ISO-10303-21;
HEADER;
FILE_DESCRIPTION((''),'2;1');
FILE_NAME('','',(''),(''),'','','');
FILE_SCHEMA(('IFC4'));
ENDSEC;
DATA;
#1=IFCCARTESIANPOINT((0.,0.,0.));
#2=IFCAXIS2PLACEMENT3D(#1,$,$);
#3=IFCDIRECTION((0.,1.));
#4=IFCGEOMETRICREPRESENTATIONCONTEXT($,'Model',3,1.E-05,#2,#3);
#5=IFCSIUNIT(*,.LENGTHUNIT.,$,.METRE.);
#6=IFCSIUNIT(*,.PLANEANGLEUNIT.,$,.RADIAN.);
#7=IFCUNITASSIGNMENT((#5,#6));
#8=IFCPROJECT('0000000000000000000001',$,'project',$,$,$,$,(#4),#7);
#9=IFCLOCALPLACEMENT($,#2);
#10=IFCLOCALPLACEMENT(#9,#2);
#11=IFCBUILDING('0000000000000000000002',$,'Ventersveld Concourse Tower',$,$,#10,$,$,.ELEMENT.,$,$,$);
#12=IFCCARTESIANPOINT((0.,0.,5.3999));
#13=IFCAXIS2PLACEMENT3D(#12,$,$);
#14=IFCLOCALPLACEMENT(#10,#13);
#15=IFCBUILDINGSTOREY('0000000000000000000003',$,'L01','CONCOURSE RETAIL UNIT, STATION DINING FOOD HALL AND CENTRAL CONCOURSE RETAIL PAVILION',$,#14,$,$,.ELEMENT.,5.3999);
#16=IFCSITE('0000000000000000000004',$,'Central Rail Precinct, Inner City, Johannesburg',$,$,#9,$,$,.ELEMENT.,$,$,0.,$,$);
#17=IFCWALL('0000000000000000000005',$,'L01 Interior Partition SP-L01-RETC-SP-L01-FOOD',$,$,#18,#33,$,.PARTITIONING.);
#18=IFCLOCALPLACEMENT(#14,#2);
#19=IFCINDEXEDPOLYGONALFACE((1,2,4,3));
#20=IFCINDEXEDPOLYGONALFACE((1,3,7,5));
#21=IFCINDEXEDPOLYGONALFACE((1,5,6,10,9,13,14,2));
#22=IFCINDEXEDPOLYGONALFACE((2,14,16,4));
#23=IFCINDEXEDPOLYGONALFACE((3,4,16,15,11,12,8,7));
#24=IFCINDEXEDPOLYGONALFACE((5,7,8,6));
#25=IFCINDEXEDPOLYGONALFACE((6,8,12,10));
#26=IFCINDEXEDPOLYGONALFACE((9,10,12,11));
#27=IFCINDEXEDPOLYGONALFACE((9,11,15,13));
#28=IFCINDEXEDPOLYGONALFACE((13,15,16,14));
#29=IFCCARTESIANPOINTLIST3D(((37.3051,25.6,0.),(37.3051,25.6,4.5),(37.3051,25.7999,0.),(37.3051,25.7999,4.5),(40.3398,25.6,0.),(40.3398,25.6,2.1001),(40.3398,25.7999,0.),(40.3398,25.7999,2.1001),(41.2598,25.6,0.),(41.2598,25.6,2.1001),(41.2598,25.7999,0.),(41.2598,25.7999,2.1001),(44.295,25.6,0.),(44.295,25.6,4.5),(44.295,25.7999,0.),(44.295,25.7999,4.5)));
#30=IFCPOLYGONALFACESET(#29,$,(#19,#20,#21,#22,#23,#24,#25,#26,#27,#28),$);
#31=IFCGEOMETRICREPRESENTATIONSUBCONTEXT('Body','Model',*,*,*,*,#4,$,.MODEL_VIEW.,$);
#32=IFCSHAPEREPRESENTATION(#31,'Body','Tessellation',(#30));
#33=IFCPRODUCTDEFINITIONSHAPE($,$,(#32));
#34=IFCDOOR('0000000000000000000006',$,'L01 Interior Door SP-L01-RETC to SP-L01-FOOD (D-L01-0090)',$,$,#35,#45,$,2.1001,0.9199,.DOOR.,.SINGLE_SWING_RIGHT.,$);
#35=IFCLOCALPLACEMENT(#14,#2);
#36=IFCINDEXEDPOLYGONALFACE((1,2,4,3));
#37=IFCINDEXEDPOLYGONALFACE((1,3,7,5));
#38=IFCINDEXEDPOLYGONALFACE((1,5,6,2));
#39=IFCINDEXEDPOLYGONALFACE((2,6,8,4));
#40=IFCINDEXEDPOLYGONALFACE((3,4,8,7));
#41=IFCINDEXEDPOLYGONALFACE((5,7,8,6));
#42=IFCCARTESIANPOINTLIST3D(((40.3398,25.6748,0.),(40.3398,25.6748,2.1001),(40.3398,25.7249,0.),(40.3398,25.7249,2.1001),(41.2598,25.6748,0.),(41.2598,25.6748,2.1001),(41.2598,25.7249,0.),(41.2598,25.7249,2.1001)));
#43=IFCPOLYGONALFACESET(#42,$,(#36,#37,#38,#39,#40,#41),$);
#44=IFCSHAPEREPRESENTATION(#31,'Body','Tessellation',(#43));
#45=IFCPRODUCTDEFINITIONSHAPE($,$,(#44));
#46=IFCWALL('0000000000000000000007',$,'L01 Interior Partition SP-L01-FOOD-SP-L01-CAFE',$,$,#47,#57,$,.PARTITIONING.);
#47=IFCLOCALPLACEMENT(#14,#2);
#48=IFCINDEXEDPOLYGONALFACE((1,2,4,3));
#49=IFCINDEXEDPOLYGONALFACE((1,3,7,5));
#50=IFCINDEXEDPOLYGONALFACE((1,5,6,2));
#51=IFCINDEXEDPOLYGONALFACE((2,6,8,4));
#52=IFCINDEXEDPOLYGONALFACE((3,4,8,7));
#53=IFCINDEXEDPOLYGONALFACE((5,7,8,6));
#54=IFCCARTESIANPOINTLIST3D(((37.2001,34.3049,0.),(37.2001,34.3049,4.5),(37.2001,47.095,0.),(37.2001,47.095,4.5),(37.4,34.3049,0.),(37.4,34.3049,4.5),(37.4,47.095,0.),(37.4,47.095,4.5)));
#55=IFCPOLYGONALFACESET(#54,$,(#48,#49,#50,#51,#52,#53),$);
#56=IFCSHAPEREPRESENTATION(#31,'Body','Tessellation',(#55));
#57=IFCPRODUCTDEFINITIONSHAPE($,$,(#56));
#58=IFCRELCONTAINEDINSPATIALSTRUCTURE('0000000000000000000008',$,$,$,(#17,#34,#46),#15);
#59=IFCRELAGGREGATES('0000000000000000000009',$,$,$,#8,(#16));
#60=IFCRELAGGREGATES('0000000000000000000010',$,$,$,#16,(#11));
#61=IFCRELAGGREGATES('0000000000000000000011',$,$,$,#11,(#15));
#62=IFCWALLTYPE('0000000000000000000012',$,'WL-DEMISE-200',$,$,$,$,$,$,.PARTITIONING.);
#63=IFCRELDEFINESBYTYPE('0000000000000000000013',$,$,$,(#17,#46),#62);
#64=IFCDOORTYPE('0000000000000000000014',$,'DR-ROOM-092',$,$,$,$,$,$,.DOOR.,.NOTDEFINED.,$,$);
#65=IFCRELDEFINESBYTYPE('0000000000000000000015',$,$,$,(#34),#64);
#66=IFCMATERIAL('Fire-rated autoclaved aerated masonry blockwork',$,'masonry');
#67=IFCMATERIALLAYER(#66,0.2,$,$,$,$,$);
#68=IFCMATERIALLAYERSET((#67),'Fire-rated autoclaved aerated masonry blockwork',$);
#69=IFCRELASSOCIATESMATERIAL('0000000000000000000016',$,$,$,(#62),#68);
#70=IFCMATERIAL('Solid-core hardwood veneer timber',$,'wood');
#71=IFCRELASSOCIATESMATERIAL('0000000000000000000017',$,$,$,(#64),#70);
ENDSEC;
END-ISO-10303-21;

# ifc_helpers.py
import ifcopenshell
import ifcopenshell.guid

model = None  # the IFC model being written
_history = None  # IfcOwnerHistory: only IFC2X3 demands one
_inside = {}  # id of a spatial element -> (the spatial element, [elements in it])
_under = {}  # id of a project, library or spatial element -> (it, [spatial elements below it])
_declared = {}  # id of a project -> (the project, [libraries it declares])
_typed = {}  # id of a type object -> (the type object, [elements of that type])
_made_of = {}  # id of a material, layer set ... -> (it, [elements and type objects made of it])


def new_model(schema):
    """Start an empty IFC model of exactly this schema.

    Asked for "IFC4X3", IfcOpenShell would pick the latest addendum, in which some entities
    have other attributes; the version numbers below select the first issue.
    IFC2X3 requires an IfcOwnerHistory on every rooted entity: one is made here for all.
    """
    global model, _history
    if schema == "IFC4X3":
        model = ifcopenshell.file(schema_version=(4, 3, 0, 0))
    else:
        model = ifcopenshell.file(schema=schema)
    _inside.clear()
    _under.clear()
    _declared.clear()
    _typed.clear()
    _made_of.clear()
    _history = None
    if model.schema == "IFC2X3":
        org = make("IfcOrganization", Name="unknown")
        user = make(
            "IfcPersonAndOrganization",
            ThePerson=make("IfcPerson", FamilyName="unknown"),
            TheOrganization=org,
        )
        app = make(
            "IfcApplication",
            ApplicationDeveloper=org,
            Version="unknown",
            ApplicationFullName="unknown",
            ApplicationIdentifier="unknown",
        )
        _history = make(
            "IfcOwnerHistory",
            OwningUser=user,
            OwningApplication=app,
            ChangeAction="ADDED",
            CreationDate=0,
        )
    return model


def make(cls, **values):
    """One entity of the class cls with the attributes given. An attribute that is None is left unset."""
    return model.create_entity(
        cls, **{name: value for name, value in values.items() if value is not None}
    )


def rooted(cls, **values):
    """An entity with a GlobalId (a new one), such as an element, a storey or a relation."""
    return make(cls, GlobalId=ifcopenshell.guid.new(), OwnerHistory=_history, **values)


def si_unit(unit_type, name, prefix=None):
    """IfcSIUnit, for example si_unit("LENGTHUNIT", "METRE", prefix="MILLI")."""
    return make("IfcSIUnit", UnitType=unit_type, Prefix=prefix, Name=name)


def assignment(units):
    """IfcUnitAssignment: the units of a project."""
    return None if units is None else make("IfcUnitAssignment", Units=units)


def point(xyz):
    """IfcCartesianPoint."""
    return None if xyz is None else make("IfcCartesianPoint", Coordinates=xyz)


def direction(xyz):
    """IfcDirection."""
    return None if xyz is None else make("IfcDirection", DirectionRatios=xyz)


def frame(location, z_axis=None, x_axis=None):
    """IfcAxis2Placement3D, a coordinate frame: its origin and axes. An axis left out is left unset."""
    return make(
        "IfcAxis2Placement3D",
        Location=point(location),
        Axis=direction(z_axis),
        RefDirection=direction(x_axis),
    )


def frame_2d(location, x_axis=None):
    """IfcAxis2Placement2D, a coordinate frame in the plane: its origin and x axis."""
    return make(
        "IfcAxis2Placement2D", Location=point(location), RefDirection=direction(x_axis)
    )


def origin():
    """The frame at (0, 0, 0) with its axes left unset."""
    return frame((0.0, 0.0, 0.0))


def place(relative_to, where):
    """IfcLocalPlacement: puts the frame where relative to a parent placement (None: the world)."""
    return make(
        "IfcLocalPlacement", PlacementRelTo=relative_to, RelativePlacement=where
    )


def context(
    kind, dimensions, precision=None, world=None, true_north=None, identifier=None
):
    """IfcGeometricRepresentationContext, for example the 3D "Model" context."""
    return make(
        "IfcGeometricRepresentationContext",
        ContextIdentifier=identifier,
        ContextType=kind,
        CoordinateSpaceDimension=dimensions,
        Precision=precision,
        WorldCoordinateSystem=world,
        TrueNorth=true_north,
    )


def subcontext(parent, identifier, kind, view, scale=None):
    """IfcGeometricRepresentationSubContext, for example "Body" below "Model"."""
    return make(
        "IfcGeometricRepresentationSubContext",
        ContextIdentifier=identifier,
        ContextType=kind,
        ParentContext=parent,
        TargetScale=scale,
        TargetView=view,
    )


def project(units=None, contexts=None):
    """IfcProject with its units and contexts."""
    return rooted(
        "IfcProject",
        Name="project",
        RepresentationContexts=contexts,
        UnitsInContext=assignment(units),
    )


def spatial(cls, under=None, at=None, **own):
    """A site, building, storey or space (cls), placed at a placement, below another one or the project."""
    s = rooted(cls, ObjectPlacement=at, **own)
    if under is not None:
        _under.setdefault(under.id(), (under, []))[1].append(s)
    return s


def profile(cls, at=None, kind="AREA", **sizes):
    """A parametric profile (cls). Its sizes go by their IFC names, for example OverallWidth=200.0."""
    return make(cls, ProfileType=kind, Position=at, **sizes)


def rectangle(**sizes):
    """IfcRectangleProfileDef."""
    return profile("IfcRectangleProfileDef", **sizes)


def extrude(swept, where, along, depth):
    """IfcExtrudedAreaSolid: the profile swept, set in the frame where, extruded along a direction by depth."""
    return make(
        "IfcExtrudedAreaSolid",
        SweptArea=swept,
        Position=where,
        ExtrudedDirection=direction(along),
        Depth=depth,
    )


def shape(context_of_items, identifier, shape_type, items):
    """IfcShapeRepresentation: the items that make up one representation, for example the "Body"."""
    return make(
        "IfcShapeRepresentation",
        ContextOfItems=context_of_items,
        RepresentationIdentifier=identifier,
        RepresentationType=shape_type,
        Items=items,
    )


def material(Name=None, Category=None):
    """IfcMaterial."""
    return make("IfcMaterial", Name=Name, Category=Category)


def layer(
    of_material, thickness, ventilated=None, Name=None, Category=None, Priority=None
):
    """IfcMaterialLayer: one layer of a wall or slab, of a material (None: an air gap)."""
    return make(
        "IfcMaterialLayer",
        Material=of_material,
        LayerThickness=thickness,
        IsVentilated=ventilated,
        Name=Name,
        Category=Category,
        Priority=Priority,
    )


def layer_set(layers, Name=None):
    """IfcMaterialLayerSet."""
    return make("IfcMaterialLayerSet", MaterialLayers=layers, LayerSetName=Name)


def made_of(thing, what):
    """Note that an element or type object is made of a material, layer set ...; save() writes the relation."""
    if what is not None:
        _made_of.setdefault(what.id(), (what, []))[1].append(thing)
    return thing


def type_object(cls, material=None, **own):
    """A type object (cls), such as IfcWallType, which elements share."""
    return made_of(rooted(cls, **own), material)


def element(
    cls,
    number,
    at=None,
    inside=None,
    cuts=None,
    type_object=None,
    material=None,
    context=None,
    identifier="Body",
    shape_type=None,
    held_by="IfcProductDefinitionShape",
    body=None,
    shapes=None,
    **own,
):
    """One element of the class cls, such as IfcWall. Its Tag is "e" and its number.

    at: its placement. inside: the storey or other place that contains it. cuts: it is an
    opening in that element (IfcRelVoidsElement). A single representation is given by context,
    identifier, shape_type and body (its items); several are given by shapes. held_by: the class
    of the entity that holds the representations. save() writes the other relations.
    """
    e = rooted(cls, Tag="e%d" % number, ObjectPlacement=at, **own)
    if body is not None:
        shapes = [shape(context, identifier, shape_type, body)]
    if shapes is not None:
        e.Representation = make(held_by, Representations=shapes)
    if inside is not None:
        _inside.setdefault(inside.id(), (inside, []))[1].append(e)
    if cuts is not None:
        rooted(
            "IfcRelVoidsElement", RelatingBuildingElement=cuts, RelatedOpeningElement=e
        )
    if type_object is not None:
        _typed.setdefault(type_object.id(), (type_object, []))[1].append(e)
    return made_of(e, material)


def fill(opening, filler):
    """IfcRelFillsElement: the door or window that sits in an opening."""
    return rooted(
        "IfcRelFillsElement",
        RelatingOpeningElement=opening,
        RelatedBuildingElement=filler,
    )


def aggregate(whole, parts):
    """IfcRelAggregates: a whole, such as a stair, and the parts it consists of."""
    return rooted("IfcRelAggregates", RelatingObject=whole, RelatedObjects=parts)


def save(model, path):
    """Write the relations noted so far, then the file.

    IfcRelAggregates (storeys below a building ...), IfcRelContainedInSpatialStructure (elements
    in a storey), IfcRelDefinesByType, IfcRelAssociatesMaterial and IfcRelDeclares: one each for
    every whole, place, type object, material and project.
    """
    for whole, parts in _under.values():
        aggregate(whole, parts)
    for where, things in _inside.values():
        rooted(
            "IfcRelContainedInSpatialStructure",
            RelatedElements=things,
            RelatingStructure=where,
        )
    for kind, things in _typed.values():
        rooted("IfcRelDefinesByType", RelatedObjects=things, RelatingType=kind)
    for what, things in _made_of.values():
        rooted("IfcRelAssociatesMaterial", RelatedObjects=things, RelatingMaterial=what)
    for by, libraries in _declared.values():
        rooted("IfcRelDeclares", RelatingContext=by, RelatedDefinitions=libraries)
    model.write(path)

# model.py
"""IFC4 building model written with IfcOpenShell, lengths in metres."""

from ifc_helpers import new_model, si_unit, direction, frame, frame_2d, origin, place, context, subcontext, project, spatial, rectangle, extrude, material, layer, layer_set, type_object, element, fill, save


model = new_model("IFC4")

# Units and contexts
model_context = context("Model", 3, precision=1e-05, world=origin(), true_north=direction((0.0, 1.0)))
body_context = subcontext(model_context, "Body", "Model", "MODEL_VIEW")
ifc_project = project(units=[si_unit("LENGTHUNIT", "METRE"), si_unit("PLANEANGLEUNIT", "RADIAN")], contexts=[model_context])

# Site, building, storey
site_placement = place(None, origin())
site = spatial("IfcSite", under=ifc_project, at=site_placement, Name="Central Rail Precinct, Inner City, Johannesburg", CompositionType="ELEMENT", RefElevation=0.0)
building_placement = place(site_placement, origin())
building = spatial("IfcBuilding", under=site, at=building_placement, Name="Ventersveld Concourse Tower", CompositionType="ELEMENT")
storey_placement = place(building_placement, frame((0.0, 0.0, 5.3999)))
storey = spatial("IfcBuildingStorey", under=building, at=storey_placement, Name="L01", Description="CONCOURSE RETAIL UNIT, STATION DINING FOOD HALL AND CENTRAL CONCOURSE RETAIL PAVILION", CompositionType="ELEMENT", Elevation=5.3999)

# Shared definitions
ifc_material_1 = material(Name="Fire-rated autoclaved aerated masonry blockwork", Category="masonry")

# Wall, opening, door
ifc_layer_1 = layer(ifc_material_1, 0.2)
ifc_layer_set_1 = layer_set([ifc_layer_1], Name="Fire-rated autoclaved aerated masonry blockwork")
wall_type_1 = type_object("IfcWallType", Name="WL-DEMISE-200", PredefinedType="PARTITIONING", material=ifc_layer_set_1)
wall_1_placement = place(storey_placement, frame((37.3049, 25.7, 0.0), z_axis=(0.0, 0.0, 1.0), x_axis=(1.0, 0.0, 0.0)))
wall_1 = element("IfcWall", 1, at=wall_1_placement, inside=storey, type_object=wall_type_1, Name="L01 Interior Partition SP-L01-RETC-SP-L01-FOOD", PredefinedType="PARTITIONING", context=body_context, shape_type="SweptSolid", body=[
    extrude(rectangle(XDim=6.99, YDim=0.2, at=frame_2d((3.4951, 0.0))), origin(), (0.0, 0.0, 1.0), 4.5),
])
opening_placement = place(wall_1_placement, frame((3.0349, 0.0, 0.0)))
opening = element("IfcOpeningElement", 2, at=opening_placement, cuts=wall_1, PredefinedType="OPENING", context=body_context, shape_type="SweptSolid", body=[
    extrude(rectangle(XDim=0.9199, YDim=2.1001, at=frame_2d((0.46, 1.05))), frame((0.0, 0.1099, 0.0), z_axis=(0.0, -1.0, 0.0), x_axis=(1.0, 0.0, 0.0)), (0.0, 0.0, 1.0), 0.22),
])
ifc_material_2 = material(Name="Solid-core hardwood veneer timber", Category="wood")
door_type = type_object("IfcDoorType", Name="DR-ROOM-092", OperationType="NOTDEFINED", PredefinedType="DOOR", material=ifc_material_2)
door_placement = place(opening_placement, origin())
door = element("IfcDoor", 3, at=door_placement, inside=storey, type_object=door_type, Name="L01 Interior Door SP-L01-RETC to SP-L01-FOOD (D-L01-0090)", OperationType="SINGLE_SWING_RIGHT", OverallHeight=2.1001, OverallWidth=0.9199, PredefinedType="DOOR", context=body_context, shape_type="SweptSolid", body=[
    extrude(rectangle(XDim=0.9199, YDim=2.1001, at=frame_2d((0.46, 1.05))), frame((0.0, 0.0249, 0.0), z_axis=(0.0, -1.0, 0.0), x_axis=(1.0, 0.0, 0.0)), (0.0, 0.0, 1.0), 0.05),
])
fill(opening, door)

# Wall
wall_2_placement = place(storey_placement, frame((37.3, 34.3049, 0.0), z_axis=(0.0, 0.0, 1.0), x_axis=(0.0, 1.0, 0.0)))
element("IfcWall", 4, at=wall_2_placement, inside=storey, type_object=wall_type_1, Name="L01 Interior Partition SP-L01-FOOD-SP-L01-CAFE", PredefinedType="PARTITIONING", context=body_context, shape_type="SweptSolid", body=[
    extrude(rectangle(XDim=12.79, YDim=0.2, at=frame_2d((6.395, 0.0))), origin(), (0.0, 0.0, 1.0), 4.5),
])

save(model, "model.ifc")
